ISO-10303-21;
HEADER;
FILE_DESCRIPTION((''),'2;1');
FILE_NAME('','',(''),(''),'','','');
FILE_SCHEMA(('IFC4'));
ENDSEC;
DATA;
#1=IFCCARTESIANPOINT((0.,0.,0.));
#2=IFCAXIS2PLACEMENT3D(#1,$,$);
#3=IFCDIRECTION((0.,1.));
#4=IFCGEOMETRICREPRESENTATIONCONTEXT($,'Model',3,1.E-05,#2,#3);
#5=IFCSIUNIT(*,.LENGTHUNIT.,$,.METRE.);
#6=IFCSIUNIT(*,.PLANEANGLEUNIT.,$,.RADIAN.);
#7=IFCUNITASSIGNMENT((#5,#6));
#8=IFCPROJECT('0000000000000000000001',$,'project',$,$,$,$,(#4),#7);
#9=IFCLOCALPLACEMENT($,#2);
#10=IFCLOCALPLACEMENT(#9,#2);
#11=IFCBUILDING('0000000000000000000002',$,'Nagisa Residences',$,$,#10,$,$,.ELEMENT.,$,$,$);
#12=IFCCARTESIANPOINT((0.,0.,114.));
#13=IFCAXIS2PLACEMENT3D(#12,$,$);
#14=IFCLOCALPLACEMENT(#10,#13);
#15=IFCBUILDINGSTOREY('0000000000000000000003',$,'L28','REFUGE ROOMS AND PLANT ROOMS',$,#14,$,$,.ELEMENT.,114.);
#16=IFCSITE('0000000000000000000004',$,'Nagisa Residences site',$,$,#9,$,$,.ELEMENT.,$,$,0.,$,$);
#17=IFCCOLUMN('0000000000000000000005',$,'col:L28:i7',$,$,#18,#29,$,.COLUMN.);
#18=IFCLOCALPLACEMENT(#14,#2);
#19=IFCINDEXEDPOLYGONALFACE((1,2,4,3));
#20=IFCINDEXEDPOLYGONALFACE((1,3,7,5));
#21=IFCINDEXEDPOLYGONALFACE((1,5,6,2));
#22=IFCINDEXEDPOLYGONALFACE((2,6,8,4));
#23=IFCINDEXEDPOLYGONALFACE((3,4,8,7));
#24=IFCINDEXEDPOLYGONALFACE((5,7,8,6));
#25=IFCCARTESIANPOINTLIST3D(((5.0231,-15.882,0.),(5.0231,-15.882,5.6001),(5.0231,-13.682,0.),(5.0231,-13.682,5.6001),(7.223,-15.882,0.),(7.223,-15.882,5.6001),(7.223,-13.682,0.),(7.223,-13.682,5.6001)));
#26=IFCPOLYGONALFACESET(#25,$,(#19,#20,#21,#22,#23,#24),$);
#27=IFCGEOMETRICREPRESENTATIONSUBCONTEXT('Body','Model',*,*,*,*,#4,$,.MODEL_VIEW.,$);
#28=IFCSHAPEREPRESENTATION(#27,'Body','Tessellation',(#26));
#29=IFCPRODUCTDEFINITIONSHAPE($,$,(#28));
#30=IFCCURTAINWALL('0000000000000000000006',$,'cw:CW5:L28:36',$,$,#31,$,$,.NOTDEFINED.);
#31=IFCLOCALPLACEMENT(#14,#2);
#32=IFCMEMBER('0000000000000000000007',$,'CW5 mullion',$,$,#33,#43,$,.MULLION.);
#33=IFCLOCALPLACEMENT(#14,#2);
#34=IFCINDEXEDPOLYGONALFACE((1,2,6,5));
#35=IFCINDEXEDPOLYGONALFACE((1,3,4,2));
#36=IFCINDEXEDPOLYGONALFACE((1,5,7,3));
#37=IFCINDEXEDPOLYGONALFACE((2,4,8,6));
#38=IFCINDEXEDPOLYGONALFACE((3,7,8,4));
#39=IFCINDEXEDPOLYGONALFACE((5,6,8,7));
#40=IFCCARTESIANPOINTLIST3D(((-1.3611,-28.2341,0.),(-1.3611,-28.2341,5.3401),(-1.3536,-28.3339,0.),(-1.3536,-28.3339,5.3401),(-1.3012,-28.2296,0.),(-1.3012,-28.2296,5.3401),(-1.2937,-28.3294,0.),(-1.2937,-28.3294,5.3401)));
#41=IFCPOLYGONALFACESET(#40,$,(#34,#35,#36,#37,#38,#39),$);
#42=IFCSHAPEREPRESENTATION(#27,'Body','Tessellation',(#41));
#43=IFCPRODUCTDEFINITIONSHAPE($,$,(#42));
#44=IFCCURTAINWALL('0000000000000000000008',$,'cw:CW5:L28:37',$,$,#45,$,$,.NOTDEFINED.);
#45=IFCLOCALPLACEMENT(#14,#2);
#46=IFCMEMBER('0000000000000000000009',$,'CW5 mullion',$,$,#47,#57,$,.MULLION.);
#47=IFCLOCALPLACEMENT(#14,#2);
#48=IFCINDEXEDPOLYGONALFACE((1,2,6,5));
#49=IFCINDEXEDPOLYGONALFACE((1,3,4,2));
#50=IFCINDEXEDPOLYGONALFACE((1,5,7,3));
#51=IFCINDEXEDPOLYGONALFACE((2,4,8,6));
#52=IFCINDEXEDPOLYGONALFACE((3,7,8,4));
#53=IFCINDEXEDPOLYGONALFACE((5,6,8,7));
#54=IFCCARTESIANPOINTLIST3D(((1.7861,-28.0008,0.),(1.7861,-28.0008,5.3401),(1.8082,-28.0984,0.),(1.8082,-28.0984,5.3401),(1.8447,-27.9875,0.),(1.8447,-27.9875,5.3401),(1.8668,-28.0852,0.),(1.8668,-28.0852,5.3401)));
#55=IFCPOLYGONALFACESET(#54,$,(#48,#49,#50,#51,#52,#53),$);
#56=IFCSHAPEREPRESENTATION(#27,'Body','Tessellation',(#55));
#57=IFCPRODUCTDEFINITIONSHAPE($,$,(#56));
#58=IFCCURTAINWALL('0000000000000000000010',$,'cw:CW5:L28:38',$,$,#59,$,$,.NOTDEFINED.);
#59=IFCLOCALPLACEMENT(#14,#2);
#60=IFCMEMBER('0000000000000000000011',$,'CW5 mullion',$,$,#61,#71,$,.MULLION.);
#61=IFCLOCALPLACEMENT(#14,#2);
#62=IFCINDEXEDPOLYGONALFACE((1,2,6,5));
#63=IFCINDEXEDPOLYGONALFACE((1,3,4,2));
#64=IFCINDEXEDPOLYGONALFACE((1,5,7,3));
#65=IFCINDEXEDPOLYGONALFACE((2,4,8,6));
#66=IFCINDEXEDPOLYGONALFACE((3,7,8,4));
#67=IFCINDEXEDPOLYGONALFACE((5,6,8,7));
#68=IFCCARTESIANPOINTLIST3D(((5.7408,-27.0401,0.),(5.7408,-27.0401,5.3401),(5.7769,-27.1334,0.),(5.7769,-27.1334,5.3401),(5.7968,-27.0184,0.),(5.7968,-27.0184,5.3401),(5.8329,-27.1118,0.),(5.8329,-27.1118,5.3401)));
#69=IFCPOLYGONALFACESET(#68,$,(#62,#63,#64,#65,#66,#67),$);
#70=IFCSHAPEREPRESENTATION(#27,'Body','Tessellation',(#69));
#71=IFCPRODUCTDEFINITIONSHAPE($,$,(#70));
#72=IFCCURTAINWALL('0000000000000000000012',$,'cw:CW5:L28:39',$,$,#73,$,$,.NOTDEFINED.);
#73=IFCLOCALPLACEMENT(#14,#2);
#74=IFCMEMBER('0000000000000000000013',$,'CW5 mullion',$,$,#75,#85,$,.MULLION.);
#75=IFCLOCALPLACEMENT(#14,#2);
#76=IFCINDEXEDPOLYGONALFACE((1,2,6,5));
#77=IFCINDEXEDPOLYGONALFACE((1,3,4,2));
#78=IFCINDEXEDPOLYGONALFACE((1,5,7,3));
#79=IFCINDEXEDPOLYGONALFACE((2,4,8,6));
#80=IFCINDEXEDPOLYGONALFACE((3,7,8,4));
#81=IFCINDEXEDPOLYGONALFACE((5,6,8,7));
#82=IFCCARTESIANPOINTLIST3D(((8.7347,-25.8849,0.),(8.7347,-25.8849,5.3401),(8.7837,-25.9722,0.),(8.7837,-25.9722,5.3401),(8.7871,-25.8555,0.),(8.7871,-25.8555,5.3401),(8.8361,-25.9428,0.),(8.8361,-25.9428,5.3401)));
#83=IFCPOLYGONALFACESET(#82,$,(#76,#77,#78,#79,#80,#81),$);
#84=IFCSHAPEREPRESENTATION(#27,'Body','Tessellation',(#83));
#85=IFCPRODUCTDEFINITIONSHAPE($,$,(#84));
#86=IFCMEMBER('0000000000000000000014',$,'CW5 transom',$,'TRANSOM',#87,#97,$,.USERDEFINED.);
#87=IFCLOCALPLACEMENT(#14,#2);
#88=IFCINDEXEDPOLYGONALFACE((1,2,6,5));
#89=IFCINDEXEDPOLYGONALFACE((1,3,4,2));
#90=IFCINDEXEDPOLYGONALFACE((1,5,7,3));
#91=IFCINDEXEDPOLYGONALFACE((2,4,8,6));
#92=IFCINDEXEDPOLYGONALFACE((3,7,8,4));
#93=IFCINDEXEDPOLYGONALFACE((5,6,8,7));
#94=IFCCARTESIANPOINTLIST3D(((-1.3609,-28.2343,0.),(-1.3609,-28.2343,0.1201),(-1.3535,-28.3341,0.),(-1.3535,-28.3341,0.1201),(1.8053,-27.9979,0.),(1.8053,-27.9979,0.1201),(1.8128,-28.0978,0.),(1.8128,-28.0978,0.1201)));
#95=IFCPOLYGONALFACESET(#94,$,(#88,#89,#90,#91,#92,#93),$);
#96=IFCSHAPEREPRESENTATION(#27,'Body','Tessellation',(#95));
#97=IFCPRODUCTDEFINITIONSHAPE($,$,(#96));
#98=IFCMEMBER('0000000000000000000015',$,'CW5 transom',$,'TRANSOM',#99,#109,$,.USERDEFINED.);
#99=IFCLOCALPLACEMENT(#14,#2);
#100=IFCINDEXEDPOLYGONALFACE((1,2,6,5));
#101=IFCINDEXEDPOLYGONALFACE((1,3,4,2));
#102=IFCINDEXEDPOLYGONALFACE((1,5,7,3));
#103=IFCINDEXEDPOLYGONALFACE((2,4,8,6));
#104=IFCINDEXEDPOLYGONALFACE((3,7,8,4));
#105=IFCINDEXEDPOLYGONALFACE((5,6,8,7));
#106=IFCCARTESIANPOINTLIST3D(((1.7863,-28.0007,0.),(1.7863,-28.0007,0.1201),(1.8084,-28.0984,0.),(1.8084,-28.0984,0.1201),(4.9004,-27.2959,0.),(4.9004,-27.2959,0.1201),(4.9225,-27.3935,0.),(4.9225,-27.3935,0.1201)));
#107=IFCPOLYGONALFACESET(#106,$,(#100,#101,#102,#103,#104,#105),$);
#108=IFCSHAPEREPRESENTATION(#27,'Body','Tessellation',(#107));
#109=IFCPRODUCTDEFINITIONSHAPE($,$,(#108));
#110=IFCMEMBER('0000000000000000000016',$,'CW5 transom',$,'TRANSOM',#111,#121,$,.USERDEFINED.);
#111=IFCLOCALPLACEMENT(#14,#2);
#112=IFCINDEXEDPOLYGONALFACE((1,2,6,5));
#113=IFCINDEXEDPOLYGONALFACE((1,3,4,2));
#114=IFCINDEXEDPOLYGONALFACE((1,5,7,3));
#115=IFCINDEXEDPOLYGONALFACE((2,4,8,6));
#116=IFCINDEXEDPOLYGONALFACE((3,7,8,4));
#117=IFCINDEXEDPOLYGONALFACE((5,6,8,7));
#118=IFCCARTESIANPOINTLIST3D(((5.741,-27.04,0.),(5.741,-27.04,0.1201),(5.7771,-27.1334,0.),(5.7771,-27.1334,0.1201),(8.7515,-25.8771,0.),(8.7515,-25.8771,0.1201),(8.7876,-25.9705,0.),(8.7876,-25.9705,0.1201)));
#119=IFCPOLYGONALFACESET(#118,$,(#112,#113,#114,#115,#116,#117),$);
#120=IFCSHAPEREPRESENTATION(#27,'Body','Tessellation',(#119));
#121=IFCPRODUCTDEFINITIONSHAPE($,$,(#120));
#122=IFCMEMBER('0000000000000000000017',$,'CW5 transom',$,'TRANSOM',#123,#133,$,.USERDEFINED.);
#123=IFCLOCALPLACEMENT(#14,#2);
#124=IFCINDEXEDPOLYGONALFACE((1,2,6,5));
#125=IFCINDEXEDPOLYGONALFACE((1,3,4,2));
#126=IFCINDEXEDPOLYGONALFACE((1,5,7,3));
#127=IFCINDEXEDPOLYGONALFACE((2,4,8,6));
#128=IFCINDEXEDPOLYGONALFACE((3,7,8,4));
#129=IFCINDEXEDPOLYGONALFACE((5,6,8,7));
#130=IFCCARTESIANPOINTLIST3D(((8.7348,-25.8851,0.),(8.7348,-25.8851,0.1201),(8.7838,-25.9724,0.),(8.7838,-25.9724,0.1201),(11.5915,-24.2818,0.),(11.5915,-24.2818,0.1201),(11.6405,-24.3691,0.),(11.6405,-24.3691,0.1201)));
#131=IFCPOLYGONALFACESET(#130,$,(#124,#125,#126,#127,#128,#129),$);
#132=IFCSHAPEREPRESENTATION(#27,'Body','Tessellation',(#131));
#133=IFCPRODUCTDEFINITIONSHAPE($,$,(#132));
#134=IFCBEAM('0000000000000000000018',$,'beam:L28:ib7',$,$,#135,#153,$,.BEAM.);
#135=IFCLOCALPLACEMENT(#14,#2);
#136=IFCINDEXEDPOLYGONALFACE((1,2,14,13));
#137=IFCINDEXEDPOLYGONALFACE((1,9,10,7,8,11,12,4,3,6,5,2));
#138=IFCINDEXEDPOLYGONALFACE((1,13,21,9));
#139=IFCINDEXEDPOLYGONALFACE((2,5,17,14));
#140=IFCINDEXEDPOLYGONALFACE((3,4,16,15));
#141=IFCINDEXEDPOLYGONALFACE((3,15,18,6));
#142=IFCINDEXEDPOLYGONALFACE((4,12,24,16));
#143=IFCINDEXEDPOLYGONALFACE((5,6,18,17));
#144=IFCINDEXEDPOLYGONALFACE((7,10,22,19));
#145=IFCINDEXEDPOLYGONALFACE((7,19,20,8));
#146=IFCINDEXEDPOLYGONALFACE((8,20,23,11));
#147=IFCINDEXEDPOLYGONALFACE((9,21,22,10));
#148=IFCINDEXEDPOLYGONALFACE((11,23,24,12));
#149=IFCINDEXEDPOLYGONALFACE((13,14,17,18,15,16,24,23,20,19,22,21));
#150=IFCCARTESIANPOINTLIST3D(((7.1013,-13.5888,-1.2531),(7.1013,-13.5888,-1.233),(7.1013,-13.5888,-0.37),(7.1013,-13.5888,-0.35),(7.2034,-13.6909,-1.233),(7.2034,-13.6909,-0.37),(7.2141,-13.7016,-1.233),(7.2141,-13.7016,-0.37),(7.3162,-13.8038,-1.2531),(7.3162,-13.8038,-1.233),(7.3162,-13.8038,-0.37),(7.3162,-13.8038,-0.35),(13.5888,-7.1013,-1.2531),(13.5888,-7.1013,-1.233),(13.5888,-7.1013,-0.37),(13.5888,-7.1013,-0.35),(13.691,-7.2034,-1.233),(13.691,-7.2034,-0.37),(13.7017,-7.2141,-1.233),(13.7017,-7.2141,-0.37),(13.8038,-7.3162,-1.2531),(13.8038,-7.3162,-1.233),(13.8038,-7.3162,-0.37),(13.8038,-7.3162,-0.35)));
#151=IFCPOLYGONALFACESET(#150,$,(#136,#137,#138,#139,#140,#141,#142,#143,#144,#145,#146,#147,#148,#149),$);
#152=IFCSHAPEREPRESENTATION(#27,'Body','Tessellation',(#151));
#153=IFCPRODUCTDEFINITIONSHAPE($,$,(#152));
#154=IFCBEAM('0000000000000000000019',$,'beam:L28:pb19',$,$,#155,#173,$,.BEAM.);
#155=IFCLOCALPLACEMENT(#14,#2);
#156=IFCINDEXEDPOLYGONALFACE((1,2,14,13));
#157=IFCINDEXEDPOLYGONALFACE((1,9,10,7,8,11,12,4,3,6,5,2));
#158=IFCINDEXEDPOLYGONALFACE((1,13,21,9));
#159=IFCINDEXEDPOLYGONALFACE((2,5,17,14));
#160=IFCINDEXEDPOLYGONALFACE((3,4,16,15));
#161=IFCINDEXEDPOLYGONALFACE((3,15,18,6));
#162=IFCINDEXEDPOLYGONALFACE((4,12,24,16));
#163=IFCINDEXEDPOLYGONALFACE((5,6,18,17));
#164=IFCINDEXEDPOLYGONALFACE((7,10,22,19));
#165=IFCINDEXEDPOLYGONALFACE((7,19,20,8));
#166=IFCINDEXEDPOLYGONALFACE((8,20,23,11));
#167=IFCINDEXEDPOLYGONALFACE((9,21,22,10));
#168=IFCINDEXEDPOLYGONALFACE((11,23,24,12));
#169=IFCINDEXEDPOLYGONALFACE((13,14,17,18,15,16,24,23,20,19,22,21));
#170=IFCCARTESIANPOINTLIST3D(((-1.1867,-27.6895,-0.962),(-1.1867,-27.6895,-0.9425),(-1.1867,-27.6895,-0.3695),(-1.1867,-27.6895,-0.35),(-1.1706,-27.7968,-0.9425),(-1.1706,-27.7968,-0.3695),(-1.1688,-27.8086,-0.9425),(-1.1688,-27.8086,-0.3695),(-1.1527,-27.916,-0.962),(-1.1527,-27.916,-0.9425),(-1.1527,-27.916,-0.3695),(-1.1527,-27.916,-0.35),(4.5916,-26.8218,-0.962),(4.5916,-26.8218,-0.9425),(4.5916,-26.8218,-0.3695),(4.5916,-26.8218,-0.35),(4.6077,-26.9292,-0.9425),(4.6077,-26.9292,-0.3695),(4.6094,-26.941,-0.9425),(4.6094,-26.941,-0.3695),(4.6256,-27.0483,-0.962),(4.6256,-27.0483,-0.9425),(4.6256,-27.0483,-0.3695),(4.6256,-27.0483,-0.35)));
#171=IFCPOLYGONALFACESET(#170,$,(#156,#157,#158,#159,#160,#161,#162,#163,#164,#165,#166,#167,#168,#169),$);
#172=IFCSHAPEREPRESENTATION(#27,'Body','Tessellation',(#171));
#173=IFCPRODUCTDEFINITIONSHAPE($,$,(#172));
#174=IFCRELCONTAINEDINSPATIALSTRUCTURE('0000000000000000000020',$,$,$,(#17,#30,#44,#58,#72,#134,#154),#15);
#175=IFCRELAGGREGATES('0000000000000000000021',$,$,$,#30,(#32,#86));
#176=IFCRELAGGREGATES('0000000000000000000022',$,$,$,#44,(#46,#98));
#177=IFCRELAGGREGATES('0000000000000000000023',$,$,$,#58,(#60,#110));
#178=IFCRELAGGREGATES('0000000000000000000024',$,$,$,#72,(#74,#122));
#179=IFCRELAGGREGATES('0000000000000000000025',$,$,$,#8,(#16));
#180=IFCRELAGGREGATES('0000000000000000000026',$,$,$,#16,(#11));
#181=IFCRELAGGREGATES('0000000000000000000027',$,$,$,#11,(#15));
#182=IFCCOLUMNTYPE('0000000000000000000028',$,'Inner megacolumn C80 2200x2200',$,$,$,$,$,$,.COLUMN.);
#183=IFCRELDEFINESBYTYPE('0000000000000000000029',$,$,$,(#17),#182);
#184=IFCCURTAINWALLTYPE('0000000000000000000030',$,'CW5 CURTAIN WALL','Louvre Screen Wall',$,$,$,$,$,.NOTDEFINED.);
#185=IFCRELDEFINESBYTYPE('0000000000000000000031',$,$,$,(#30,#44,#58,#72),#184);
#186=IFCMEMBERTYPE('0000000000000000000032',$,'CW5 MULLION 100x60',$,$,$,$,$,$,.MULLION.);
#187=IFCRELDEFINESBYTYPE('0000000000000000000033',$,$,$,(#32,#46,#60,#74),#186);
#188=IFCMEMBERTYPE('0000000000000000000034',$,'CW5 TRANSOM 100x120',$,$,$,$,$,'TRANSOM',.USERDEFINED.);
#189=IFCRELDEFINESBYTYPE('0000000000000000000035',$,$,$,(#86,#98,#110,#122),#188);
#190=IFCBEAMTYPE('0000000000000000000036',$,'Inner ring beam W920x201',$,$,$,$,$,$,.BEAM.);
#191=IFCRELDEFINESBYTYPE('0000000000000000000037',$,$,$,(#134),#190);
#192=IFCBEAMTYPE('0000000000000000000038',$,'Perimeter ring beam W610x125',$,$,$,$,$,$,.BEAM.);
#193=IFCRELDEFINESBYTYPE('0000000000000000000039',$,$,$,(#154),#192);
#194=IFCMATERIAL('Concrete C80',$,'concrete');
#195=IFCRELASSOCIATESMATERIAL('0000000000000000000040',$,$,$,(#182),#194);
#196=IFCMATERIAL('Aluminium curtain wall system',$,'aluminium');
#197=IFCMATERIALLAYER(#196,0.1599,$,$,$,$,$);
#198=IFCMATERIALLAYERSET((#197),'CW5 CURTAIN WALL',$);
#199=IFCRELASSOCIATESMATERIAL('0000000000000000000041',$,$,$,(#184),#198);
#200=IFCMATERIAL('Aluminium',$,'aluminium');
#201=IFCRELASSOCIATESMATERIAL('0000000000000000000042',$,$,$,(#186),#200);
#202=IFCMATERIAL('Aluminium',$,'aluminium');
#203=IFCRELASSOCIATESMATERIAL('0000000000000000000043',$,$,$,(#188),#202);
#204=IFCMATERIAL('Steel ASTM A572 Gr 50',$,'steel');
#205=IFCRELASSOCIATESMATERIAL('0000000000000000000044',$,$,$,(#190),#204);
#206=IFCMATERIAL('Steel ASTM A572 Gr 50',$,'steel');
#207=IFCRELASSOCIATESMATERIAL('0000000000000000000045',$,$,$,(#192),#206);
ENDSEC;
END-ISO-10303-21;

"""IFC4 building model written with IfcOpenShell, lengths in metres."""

from ifc_helpers import new_model, si_unit, direction, frame, origin, origin_2d, place, context, subcontext, project, spatial, rectangle, i_section, extrude, material, layer, layer_set, material_profile, profile_set, type_object, element, aggregate, save


model = new_model("IFC4")

# Units and contexts
model_context = context("Model", 3, precision=1e-05, world=origin(), true_north=direction((0.0, 1.0)))
body_context = subcontext(model_context, "Body", "Model", "MODEL_VIEW")
ifc_project = project(units=[si_unit("LENGTHUNIT", "METRE"), si_unit("PLANEANGLEUNIT", "RADIAN")], contexts=[model_context])

# Site, building, storey
site_placement = place(None, origin())
site = spatial("IfcSite", under=ifc_project, at=site_placement, Name="Nagisa Residences site", CompositionType="ELEMENT", RefElevation=0.0)
building_placement = place(site_placement, origin())
building = spatial("IfcBuilding", under=site, at=building_placement, Name="Nagisa Residences", CompositionType="ELEMENT")
storey_placement = place(building_placement, frame((0.0, 0.0, 114.0)))
storey = spatial("IfcBuildingStorey", under=building, at=storey_placement, Name="L28", Description="REFUGE ROOMS AND PLANT ROOMS", CompositionType="ELEMENT", Elevation=114.0)

# Column
ifc_material_1 = material(Name="Concrete C80", Category="concrete")
ifc_material_profile_1 = material_profile(ifc_material_1, rectangle(XDim=2.2, YDim=2.2, at=origin_2d()), Name="C80 2200x2200")
ifc_profile_set_1 = profile_set([ifc_material_profile_1], Name="Concrete C80")
column_type = type_object("IfcColumnType", Name="Inner megacolumn C80 2200x2200", PredefinedType="COLUMN", material=ifc_profile_set_1)
column_placement = place(storey_placement, frame((6.123, -14.782, 0.0), z_axis=(0.0, 0.0, 1.0), x_axis=(1.0, 0.0, 0.0)))
element("IfcColumn", 1, at=column_placement, inside=storey, type_object=column_type, Name="col:L28:i7", PredefinedType="COLUMN", context=body_context, shape_type="SweptSolid", body=[
    extrude(rectangle(XDim=2.2, YDim=2.2, at=origin_2d()), origin(), (0.0, 0.0, 1.0), 5.6001),
])

# Curtain walls, members
ifc_material_2 = material(Name="Aluminium curtain wall system", Category="aluminium")
ifc_layer_1 = layer(ifc_material_2, 0.1599)
ifc_layer_set_1 = layer_set([ifc_layer_1], Name="CW5 CURTAIN WALL")
curtain_wall_type = type_object("IfcCurtainWallType", Name="CW5 CURTAIN WALL", Description="Louvre Screen Wall", PredefinedType="NOTDEFINED", material=ifc_layer_set_1)
curtain_wall_1_placement = place(storey_placement, origin())
curtain_wall_1 = element("IfcCurtainWall", 2, at=curtain_wall_1_placement, inside=storey, type_object=curtain_wall_type, Name="cw:CW5:L28:36", PredefinedType="NOTDEFINED")
ifc_material_3 = material(Name="Aluminium", Category="aluminium")
ifc_material_profile_2 = material_profile(ifc_material_3, rectangle(XDim=0.1001, YDim=0.0601, at=origin_2d()), Name="CW5 MULLION 100x60")
ifc_profile_set_2 = profile_set([ifc_material_profile_2], Name="Aluminium")
member_type_1 = type_object("IfcMemberType", Name="CW5 MULLION 100x60", PredefinedType="MULLION", material=ifc_profile_set_2)
member_1_placement = place(storey_placement, frame((-1.3274, -28.2817, 0.0), z_axis=(0.0, 0.0, 1.0), x_axis=(-0.074377, 0.99723, 0.0)))
member_1 = element("IfcMember", 3, at=member_1_placement, type_object=member_type_1, Name="CW5 mullion", PredefinedType="MULLION", context=body_context, shape_type="SweptSolid", body=[
    extrude(rectangle(XDim=0.1001, YDim=0.0601, at=origin_2d()), origin(), (0.0, 0.0, 1.0), 5.3401),
])
curtain_wall_2_placement = place(storey_placement, origin())
curtain_wall_2 = element("IfcCurtainWall", 4, at=curtain_wall_2_placement, inside=storey, type_object=curtain_wall_type, Name="cw:CW5:L28:37", PredefinedType="NOTDEFINED")
member_2_placement = place(storey_placement, frame((1.8264, -28.043, 0.0), z_axis=(0.0, 0.0, 1.0), x_axis=(-0.220764, 0.975327, 0.0)))
member_2 = element("IfcMember", 5, at=member_2_placement, type_object=member_type_1, Name="CW5 mullion", PredefinedType="MULLION", context=body_context, shape_type="SweptSolid", body=[
    extrude(rectangle(XDim=0.1001, YDim=0.0601, at=origin_2d()), origin(), (0.0, 0.0, 1.0), 5.3401),
])
curtain_wall_3_placement = place(storey_placement, origin())
curtain_wall_3 = element("IfcCurtainWall", 6, at=curtain_wall_3_placement, inside=storey, type_object=curtain_wall_type, Name="cw:CW5:L28:38", PredefinedType="NOTDEFINED")
member_3_placement = place(storey_placement, frame((5.7869, -27.0759, 0.0), z_axis=(0.0, 0.0, 1.0), x_axis=(-0.360328, 0.932826, 0.0)))
member_3 = element("IfcMember", 7, at=member_3_placement, type_object=member_type_1, Name="CW5 mullion", PredefinedType="MULLION", context=body_context, shape_type="SweptSolid", body=[
    extrude(rectangle(XDim=0.1001, YDim=0.0601, at=origin_2d()), origin(), (0.0, 0.0, 1.0), 5.3401),
])
curtain_wall_4_placement = place(storey_placement, origin())
curtain_wall_4 = element("IfcCurtainWall", 8, at=curtain_wall_4_placement, inside=storey, type_object=curtain_wall_type, Name="cw:CW5:L28:39", PredefinedType="NOTDEFINED")
member_4_placement = place(storey_placement, frame((8.7854, -25.9138, 0.0), z_axis=(0.0, 0.0, 1.0), x_axis=(-0.489377, 0.872072, 0.0)))
member_4 = element("IfcMember", 9, at=member_4_placement, type_object=member_type_1, Name="CW5 mullion", PredefinedType="MULLION", context=body_context, shape_type="SweptSolid", body=[
    extrude(rectangle(XDim=0.1001, YDim=0.0601, at=origin_2d()), origin(), (0.0, 0.0, 1.0), 5.3401),
])

# Members
ifc_material_4 = material(Name="Aluminium", Category="aluminium")
ifc_material_profile_3 = material_profile(ifc_material_4, rectangle(XDim=0.1001, YDim=0.1201, at=origin_2d()), Name="CW5 TRANSOM 100x120")
ifc_profile_set_3 = profile_set([ifc_material_profile_3], Name="Aluminium")
member_type_2 = type_object("IfcMemberType", Name="CW5 TRANSOM 100x120", ElementType="TRANSOM", PredefinedType="USERDEFINED", material=ifc_profile_set_3)
member_5_placement = place(storey_placement, frame((-1.3572, -28.2842, 0.0601), z_axis=(0.997226, 0.074432, 0.0), x_axis=(-0.074432, 0.997226, 0.0)))
member_5 = element("IfcMember", 10, at=member_5_placement, type_object=member_type_2, Name="CW5 transom", ObjectType="TRANSOM", PredefinedType="USERDEFINED", context=body_context, shape_type="SweptSolid", body=[
    extrude(rectangle(XDim=0.1001, YDim=0.1201, at=origin_2d()), origin(), (0.0, 0.0, 1.0), 3.175),
])
aggregate(curtain_wall_1, [member_1, member_5])
member_6_placement = place(storey_placement, frame((1.7974, -28.0496, 0.0601), z_axis=(0.975329, 0.220758, 0.0), x_axis=(-0.220758, 0.975329, 0.0)))
member_6 = element("IfcMember", 11, at=member_6_placement, type_object=member_type_2, Name="CW5 transom", ObjectType="TRANSOM", PredefinedType="USERDEFINED", context=body_context, shape_type="SweptSolid", body=[
    extrude(rectangle(XDim=0.1001, YDim=0.1201, at=origin_2d()), origin(), (0.0, 0.0, 1.0), 3.1929),
])
aggregate(curtain_wall_2, [member_2, member_6])
member_7_placement = place(storey_placement, frame((5.759, -27.0867, 0.0601), z_axis=(0.93283, 0.360317, 0.0), x_axis=(-0.360317, 0.93283, 0.0)))
member_7 = element("IfcMember", 12, at=member_7_placement, type_object=member_type_2, Name="CW5 transom", ObjectType="TRANSOM", PredefinedType="USERDEFINED", context=body_context, shape_type="SweptSolid", body=[
    extrude(rectangle(XDim=0.1001, YDim=0.1201, at=origin_2d()), origin(), (0.0, 0.0, 1.0), 3.2273),
])
aggregate(curtain_wall_3, [member_3, member_7])
member_8_placement = place(storey_placement, frame((8.7593, -25.9287, 0.0601), z_axis=(0.872047, 0.489422, 0.0), x_axis=(-0.489422, 0.872047, 0.0)))
member_8 = element("IfcMember", 13, at=member_8_placement, type_object=member_type_2, Name="CW5 transom", ObjectType="TRANSOM", PredefinedType="USERDEFINED", context=body_context, shape_type="SweptSolid", body=[
    extrude(rectangle(XDim=0.1001, YDim=0.1201, at=origin_2d()), origin(), (0.0, 0.0, 1.0), 3.2759),
])
aggregate(curtain_wall_4, [member_4, member_8])

# Beams
ifc_material_5 = material(Name="Steel ASTM A572 Gr 50", Category="steel")
ifc_material_profile_4 = material_profile(ifc_material_5, i_section(OverallWidth=0.304, OverallDepth=0.9031, WebThickness=0.0151, FlangeThickness=0.02, at=origin_2d()), Name="W920x201")
ifc_profile_set_4 = profile_set([ifc_material_profile_4], Name="Steel ASTM A572 Gr 50")
beam_type_1 = type_object("IfcBeamType", Name="Inner ring beam W920x201", PredefinedType="BEAM", material=ifc_profile_set_4)
beam_1_placement = place(storey_placement, frame((7.2087, -13.6963, -0.8015), z_axis=(0.707107, 0.707107, 0.0), x_axis=(-0.707107, 0.707107, 0.0)))
element("IfcBeam", 14, at=beam_1_placement, inside=storey, type_object=beam_type_1, Name="beam:L28:ib7", PredefinedType="BEAM", context=body_context, shape_type="SweptSolid", body=[
    extrude(i_section(OverallWidth=0.304, OverallDepth=0.9031, WebThickness=0.0151, FlangeThickness=0.02, at=origin_2d()), origin(), (0.0, 0.0, 1.0), 9.1748),
])
ifc_material_6 = material(Name="Steel ASTM A572 Gr 50", Category="steel")
ifc_material_profile_5 = material_profile(ifc_material_6, i_section(OverallWidth=0.229, OverallDepth=0.6121, WebThickness=0.012, FlangeThickness=0.0195, at=origin_2d()), Name="W610x125")
ifc_profile_set_5 = profile_set([ifc_material_profile_5], Name="Steel ASTM A572 Gr 50")
beam_type_2 = type_object("IfcBeamType", Name="Perimeter ring beam W610x125", PredefinedType="BEAM", material=ifc_profile_set_5)
beam_2_placement = place(storey_placement, frame((-1.1697, -27.8027, -0.656), z_axis=(0.988913, 0.148496, 0.0), x_axis=(-0.148496, 0.988913, 0.0)))
element("IfcBeam", 15, at=beam_2_placement, inside=storey, type_object=beam_type_2, Name="beam:L28:pb19", PredefinedType="BEAM", context=body_context, shape_type="SweptSolid", body=[
    extrude(i_section(OverallWidth=0.229, OverallDepth=0.6121, WebThickness=0.012, FlangeThickness=0.0195, at=origin_2d()), origin(), (0.0, 0.0, 1.0), 5.843),
])

save(model, "model.ifc")
